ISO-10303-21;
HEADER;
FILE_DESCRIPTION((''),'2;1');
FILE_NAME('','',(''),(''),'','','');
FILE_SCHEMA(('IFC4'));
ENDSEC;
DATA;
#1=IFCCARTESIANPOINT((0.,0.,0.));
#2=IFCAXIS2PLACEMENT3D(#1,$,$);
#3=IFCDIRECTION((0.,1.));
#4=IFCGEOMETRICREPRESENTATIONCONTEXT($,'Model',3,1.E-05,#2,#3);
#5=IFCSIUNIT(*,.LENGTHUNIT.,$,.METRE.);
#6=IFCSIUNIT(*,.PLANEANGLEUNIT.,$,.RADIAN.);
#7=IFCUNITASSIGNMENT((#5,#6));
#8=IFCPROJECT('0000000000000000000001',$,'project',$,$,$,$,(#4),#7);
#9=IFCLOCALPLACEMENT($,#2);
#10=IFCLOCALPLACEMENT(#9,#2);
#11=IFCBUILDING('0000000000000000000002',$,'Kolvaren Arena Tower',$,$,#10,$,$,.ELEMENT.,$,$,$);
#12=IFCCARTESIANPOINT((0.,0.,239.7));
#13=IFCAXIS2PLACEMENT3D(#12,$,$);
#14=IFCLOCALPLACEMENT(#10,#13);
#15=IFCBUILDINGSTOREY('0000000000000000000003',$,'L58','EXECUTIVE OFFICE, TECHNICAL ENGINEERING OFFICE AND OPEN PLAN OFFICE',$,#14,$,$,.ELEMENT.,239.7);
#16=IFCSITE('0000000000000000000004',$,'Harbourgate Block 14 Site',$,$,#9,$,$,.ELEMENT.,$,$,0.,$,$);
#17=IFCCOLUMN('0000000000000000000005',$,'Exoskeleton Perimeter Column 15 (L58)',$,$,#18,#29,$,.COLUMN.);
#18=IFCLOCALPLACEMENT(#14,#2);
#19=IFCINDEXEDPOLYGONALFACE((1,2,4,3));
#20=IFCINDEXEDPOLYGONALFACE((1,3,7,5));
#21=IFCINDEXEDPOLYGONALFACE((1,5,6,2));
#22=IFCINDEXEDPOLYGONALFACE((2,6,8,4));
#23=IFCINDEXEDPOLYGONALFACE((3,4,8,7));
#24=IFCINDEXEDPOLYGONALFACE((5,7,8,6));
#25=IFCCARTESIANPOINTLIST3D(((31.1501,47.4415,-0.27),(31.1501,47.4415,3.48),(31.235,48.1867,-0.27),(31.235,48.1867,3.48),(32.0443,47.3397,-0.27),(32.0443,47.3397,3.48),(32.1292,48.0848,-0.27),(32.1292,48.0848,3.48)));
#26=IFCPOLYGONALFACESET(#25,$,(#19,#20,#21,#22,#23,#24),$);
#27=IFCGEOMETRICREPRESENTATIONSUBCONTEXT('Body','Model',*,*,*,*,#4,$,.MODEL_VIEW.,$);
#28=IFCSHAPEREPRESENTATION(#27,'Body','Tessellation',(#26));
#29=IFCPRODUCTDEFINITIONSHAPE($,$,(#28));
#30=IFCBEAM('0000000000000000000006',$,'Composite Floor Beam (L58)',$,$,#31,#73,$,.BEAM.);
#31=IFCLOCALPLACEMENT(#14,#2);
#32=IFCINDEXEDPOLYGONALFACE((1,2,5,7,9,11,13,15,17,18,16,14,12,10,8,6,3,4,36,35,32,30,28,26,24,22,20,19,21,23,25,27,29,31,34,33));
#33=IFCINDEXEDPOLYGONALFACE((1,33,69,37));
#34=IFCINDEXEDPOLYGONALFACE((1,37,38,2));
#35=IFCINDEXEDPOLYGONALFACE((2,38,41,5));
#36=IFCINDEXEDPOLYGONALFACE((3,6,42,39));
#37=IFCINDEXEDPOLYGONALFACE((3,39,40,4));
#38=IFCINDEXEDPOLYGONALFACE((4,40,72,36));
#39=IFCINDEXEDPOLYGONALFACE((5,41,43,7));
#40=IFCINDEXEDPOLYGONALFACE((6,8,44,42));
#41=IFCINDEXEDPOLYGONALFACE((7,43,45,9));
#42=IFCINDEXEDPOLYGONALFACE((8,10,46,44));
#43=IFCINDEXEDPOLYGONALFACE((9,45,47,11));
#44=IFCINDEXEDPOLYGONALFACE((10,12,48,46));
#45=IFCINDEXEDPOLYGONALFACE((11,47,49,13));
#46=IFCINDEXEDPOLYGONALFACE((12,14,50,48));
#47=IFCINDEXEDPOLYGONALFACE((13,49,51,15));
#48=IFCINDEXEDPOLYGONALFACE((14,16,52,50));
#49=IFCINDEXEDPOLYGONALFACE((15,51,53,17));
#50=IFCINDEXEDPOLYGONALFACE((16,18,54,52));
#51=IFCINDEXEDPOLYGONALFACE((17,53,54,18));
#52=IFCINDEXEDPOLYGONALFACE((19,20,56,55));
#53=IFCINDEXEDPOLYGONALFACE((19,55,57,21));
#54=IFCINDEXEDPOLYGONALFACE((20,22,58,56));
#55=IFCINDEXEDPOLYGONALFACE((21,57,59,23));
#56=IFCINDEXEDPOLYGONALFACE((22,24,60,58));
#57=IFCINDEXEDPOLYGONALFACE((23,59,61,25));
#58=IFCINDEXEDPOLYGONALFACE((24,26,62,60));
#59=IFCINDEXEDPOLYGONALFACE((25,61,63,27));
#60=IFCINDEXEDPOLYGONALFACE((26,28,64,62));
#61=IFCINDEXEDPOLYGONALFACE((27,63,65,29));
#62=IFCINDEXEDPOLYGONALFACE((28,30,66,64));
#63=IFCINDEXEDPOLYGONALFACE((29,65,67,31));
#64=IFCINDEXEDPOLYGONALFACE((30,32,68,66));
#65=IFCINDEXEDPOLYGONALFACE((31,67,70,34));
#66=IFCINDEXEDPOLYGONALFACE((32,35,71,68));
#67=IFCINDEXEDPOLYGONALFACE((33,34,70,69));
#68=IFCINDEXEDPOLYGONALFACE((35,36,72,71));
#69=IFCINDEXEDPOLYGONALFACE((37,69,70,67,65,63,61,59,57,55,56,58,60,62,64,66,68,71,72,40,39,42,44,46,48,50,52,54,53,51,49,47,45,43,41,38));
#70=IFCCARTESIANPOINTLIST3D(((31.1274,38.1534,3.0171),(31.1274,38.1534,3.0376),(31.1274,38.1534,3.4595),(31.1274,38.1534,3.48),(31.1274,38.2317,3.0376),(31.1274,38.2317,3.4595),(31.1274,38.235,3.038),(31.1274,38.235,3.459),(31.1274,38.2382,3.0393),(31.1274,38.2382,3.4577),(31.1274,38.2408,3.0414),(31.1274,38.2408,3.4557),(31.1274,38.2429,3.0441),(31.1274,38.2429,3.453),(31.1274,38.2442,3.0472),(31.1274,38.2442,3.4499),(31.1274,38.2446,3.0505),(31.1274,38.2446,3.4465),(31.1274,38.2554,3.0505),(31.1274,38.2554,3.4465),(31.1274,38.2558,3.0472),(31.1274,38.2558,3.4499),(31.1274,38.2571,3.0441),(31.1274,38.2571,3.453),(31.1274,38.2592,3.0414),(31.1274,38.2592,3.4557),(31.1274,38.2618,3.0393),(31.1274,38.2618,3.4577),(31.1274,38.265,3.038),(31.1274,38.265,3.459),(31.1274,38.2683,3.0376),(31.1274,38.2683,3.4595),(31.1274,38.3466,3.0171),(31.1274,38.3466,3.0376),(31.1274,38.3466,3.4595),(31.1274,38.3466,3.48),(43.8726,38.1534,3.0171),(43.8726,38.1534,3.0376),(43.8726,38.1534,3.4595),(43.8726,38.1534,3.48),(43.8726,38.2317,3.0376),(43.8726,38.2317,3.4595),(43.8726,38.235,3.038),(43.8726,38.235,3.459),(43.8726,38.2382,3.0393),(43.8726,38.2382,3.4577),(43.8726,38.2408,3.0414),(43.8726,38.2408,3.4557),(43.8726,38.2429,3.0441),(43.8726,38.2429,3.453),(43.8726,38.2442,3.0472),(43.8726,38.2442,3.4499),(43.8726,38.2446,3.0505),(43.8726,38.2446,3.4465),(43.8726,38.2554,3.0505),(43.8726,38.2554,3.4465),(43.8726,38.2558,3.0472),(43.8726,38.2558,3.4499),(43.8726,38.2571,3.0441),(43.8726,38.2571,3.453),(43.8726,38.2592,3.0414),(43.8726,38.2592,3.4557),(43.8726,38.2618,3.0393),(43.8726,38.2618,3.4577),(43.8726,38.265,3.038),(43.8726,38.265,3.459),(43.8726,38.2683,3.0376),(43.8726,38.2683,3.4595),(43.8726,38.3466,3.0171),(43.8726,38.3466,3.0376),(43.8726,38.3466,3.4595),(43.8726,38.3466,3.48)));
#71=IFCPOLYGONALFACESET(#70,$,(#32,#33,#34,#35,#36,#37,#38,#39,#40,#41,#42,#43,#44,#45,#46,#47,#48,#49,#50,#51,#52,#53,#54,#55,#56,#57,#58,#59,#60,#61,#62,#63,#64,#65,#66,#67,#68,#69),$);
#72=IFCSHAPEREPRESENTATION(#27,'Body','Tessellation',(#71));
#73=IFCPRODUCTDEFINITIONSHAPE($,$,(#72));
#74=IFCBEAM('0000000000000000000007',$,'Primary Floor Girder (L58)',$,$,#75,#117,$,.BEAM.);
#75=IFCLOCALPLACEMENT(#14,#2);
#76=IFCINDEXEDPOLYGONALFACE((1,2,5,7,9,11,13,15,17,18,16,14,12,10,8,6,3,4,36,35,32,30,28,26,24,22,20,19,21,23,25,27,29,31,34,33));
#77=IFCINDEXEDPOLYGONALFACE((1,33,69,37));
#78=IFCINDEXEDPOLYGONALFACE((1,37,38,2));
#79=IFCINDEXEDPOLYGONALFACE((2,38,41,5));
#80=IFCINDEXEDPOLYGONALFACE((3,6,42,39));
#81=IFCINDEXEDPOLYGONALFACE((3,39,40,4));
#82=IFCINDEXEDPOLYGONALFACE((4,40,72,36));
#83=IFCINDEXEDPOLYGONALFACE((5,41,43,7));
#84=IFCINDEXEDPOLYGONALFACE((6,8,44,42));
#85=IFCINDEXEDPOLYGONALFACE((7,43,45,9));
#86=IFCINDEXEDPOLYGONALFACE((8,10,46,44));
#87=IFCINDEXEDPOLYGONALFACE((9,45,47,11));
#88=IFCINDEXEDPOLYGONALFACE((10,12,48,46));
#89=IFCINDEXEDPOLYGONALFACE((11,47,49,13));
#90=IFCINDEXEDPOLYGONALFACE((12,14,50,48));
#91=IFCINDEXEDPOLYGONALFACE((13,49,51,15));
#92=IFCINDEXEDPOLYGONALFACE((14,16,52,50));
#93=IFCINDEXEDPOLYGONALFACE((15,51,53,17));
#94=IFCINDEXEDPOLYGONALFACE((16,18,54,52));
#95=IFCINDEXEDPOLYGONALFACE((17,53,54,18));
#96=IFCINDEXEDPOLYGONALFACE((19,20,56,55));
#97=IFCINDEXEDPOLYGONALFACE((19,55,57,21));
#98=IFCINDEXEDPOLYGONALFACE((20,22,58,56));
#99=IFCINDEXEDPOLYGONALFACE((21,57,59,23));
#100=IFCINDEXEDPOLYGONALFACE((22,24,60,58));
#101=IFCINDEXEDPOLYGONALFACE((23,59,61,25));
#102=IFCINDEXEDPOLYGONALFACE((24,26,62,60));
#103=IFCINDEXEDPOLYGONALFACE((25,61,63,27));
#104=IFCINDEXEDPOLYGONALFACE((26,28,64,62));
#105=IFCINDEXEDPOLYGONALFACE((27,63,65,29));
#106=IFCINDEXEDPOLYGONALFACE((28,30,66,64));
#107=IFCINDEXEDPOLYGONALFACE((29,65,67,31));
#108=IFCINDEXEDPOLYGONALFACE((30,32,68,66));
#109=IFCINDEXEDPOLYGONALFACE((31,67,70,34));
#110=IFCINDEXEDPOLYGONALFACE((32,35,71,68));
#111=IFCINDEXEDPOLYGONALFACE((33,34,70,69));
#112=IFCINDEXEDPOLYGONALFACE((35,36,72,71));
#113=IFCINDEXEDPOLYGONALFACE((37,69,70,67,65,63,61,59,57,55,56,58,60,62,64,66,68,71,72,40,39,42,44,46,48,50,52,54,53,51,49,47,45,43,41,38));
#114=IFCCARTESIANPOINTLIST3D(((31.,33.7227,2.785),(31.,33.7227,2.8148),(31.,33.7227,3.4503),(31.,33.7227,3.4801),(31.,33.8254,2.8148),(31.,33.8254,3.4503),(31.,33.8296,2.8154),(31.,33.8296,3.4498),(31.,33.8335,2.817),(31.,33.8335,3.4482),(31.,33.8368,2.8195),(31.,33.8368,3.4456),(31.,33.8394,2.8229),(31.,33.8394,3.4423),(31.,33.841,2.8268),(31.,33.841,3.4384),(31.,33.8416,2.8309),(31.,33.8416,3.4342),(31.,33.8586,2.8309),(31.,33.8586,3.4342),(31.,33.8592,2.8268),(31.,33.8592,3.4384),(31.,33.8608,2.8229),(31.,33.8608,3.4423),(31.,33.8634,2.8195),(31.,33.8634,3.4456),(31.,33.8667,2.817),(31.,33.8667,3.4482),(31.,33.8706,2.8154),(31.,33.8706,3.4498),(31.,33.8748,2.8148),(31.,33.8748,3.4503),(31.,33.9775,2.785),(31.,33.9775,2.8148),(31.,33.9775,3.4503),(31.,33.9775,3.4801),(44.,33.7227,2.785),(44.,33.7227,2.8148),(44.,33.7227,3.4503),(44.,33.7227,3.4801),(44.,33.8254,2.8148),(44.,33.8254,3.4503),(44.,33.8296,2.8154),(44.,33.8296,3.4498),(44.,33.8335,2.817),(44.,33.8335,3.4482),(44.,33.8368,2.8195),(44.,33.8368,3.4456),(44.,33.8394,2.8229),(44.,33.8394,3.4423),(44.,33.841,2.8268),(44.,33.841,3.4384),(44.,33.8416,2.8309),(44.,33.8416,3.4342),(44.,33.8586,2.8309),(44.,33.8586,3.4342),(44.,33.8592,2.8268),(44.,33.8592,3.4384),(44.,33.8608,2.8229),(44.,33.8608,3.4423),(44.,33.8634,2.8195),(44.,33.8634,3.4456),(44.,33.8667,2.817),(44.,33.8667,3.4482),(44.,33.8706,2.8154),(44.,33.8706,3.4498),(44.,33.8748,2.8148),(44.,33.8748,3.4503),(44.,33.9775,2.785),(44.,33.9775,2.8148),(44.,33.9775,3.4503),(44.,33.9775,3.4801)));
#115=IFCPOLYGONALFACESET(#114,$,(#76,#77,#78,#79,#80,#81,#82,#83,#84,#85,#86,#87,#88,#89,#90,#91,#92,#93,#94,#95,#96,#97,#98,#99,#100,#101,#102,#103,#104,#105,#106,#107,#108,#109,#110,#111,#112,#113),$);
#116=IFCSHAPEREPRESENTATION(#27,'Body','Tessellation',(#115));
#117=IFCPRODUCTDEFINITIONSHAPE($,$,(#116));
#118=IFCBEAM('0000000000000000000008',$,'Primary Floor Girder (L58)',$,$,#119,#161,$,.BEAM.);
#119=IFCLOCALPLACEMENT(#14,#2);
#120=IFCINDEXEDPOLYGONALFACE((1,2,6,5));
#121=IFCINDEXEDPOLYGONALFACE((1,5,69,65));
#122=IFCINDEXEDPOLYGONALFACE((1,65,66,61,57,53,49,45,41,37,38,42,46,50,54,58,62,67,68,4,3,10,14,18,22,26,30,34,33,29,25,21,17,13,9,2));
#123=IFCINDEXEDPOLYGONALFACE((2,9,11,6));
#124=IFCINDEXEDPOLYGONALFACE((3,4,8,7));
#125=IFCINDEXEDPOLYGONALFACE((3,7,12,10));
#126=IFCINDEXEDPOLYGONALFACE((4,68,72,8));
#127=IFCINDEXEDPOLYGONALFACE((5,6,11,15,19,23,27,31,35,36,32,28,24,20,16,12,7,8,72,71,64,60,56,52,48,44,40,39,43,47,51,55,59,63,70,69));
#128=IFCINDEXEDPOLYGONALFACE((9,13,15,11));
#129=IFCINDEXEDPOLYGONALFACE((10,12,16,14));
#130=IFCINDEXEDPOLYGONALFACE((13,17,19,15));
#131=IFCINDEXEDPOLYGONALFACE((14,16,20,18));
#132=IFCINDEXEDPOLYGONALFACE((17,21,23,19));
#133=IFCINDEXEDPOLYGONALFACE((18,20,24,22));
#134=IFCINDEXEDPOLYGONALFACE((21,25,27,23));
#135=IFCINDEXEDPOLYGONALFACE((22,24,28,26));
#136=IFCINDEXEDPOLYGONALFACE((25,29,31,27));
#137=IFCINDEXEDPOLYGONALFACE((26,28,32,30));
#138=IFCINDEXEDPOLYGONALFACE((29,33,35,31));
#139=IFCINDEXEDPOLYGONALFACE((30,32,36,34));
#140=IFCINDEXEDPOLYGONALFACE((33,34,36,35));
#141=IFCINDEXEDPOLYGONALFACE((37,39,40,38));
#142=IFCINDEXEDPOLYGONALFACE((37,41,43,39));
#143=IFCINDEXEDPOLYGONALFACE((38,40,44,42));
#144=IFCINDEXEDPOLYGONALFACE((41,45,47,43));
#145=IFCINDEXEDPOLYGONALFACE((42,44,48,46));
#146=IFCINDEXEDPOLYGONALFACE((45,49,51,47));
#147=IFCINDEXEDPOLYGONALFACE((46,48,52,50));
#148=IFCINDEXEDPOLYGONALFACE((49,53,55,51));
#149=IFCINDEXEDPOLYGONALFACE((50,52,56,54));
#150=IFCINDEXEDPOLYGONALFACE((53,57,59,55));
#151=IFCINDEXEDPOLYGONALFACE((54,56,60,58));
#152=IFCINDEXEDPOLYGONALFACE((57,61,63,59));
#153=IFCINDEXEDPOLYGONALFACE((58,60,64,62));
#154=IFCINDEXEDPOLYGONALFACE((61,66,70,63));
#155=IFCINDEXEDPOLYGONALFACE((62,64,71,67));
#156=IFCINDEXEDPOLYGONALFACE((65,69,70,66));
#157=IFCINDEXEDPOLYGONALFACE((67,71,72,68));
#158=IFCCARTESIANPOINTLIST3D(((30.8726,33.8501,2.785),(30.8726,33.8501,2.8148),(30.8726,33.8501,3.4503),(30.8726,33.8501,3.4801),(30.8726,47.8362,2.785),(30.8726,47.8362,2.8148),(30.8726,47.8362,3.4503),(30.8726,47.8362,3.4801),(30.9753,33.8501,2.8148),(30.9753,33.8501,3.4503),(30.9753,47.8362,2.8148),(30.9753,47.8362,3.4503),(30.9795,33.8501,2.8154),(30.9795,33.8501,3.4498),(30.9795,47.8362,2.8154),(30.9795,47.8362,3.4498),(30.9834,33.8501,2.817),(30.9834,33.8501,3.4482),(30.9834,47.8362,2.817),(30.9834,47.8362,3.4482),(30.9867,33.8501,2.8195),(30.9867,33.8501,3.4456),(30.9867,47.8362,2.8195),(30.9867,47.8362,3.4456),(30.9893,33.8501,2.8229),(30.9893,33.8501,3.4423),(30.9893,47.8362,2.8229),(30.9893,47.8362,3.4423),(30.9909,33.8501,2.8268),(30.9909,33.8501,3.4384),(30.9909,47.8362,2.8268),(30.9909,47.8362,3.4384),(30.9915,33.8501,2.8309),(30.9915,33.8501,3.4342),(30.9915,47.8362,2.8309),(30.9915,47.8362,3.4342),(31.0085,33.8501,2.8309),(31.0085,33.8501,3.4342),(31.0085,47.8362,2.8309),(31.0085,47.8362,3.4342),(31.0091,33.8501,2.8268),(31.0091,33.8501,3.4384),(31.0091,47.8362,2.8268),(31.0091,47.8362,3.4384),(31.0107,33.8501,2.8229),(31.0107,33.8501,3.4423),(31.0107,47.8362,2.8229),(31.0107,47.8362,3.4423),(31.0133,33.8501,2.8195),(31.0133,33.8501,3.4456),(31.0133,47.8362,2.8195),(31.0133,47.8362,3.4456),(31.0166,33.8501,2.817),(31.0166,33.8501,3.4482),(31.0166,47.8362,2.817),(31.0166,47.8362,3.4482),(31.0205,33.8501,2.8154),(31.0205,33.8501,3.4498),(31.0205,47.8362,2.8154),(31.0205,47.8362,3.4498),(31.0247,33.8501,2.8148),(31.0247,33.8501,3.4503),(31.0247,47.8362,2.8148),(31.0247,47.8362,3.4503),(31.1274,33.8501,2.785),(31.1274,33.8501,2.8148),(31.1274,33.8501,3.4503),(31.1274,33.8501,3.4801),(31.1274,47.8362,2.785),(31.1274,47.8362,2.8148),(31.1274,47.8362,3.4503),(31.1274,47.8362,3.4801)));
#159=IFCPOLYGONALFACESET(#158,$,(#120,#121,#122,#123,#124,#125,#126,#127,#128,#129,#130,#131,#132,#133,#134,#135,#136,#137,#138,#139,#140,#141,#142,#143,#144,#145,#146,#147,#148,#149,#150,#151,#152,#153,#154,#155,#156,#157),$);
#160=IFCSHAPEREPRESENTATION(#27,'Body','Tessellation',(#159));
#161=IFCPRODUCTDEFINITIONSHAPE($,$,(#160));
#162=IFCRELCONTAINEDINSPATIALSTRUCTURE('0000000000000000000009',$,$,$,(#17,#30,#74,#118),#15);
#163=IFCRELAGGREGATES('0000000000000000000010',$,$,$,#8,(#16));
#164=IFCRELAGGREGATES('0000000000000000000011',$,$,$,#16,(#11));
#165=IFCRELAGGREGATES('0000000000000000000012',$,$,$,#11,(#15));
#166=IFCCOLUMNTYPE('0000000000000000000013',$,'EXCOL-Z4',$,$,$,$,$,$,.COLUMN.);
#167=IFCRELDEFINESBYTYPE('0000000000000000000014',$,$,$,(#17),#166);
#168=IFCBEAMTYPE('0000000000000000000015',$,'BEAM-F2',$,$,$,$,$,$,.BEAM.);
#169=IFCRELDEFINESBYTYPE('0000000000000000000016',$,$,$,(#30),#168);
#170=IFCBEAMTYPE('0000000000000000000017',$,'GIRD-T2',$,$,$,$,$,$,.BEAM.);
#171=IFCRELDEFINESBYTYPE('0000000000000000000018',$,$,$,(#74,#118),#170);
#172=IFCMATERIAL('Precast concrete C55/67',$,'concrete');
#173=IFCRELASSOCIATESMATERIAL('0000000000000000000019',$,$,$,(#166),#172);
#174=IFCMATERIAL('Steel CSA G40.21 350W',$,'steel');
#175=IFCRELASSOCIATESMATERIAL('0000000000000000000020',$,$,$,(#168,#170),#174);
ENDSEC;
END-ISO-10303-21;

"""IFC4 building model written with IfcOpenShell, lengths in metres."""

from ifc_helpers import new_model, si_unit, direction, frame, origin, origin_2d, place, context, subcontext, project, spatial, rectangle, i_section, extrude, material, material_profile, profile_set, type_object, element, save


model = new_model("IFC4")

# Units and contexts
model_context = context("Model", 3, precision=1e-05, world=origin(), true_north=direction((0.0, 1.0)))
body_context = subcontext(model_context, "Body", "Model", "MODEL_VIEW")
ifc_project = project(units=[si_unit("LENGTHUNIT", "METRE"), si_unit("PLANEANGLEUNIT", "RADIAN")], contexts=[model_context])

# Site, building, storey
site_placement = place(None, origin())
site = spatial("IfcSite", under=ifc_project, at=site_placement, Name="Harbourgate Block 14 Site", CompositionType="ELEMENT", RefElevation=0.0)
building_placement = place(site_placement, origin())
building = spatial("IfcBuilding", under=site, at=building_placement, Name="Kolvaren Arena Tower", CompositionType="ELEMENT")
storey_placement = place(building_placement, frame((0.0, 0.0, 239.7)))
storey = spatial("IfcBuildingStorey", under=building, at=storey_placement, Name="L58", Description="EXECUTIVE OFFICE, TECHNICAL ENGINEERING OFFICE AND OPEN PLAN OFFICE", CompositionType="ELEMENT", Elevation=239.7)

# Column
ifc_material_1 = material(Name="Precast concrete C55/67", Category="concrete")
ifc_material_profile_1 = material_profile(ifc_material_1, rectangle(XDim=0.8999, YDim=0.75, at=origin_2d()), Name="RC-900x750")
ifc_profile_set_1 = profile_set([ifc_material_profile_1], Name="Precast concrete C55/67")
column_type = type_object("IfcColumnType", Name="EXCOL-Z4", PredefinedType="COLUMN", material=ifc_profile_set_1)
column_placement = place(storey_placement, frame((31.6396, 47.7632, -0.27), z_axis=(0.0, 0.0, 1.0), x_axis=(0.993572, -0.113203, 0.0)))
element("IfcColumn", 1, at=column_placement, inside=storey, type_object=column_type, Name="Exoskeleton Perimeter Column 15 (L58)", PredefinedType="COLUMN", context=body_context, shape_type="SweptSolid", body=[
    extrude(rectangle(XDim=0.8999, YDim=0.75, at=origin_2d()), origin(), (0.0, 0.0, 1.0), 3.75),
])

# Beams
ifc_material_2 = material(Name="Steel CSA G40.21 350W", Category="steel")
ifc_material_profile_2 = material_profile(ifc_material_2, i_section(OverallWidth=0.1931, OverallDepth=0.4629, WebThickness=0.0107, FlangeThickness=0.0205, FilletRadius=0.0129, at=origin_2d()), Name="W460x113")
ifc_profile_set_2 = profile_set([ifc_material_profile_2], Name="Steel CSA G40.21 350W")
beam_type_1 = type_object("IfcBeamType", Name="BEAM-F2", PredefinedType="BEAM", material=ifc_profile_set_2)
beam_1_placement = place(storey_placement, frame((31.1274, 38.25, 3.2485), z_axis=(1.0, 0.0, 0.0), x_axis=(0.0, 1.0, 0.0)))
element("IfcBeam", 2, at=beam_1_placement, inside=storey, type_object=beam_type_1, Name="Composite Floor Beam (L58)", PredefinedType="BEAM", context=body_context, shape_type="SweptSolid", body=[
    extrude(i_section(OverallWidth=0.1931, OverallDepth=0.4629, WebThickness=0.0107, FlangeThickness=0.0205, FilletRadius=0.0129, at=origin_2d()), origin(), (0.0, 0.0, 1.0), 12.7451),
])
ifc_material_profile_3 = material_profile(ifc_material_2, i_section(OverallWidth=0.2549, OverallDepth=0.6951, WebThickness=0.0171, FlangeThickness=0.0298, FilletRadius=0.0161, at=origin_2d()), Name="W690x217")
ifc_profile_set_3 = profile_set([ifc_material_profile_3], Name="Steel CSA G40.21 350W")
beam_type_2 = type_object("IfcBeamType", Name="GIRD-T2", PredefinedType="BEAM", material=ifc_profile_set_3)
beam_2_placement = place(storey_placement, frame((31.0, 33.8501, 3.1326), z_axis=(1.0, 0.0, 0.0), x_axis=(0.0, 1.0, 0.0)))
element("IfcBeam", 3, at=beam_2_placement, inside=storey, type_object=beam_type_2, Name="Primary Floor Girder (L58)", PredefinedType="BEAM", context=body_context, shape_type="SweptSolid", body=[
    extrude(i_section(OverallWidth=0.2549, OverallDepth=0.6951, WebThickness=0.0171, FlangeThickness=0.0298, FilletRadius=0.0161, at=origin_2d()), origin(), (0.0, 0.0, 1.0), 13.0),
])
beam_3_placement = place(storey_placement, frame((31.0, 33.8501, 3.1326), z_axis=(0.0, 1.0, 0.0), x_axis=(-1.0, 0.0, 0.0)))
element("IfcBeam", 4, at=beam_3_placement, inside=storey, type_object=beam_type_2, Name="Primary Floor Girder (L58)", PredefinedType="BEAM", context=body_context, shape_type="SweptSolid", body=[
    extrude(i_section(OverallWidth=0.2549, OverallDepth=0.6951, WebThickness=0.0171, FlangeThickness=0.0298, FilletRadius=0.0161, at=origin_2d()), origin(), (0.0, 0.0, 1.0), 13.9861),
])

save(model, "model.ifc")
